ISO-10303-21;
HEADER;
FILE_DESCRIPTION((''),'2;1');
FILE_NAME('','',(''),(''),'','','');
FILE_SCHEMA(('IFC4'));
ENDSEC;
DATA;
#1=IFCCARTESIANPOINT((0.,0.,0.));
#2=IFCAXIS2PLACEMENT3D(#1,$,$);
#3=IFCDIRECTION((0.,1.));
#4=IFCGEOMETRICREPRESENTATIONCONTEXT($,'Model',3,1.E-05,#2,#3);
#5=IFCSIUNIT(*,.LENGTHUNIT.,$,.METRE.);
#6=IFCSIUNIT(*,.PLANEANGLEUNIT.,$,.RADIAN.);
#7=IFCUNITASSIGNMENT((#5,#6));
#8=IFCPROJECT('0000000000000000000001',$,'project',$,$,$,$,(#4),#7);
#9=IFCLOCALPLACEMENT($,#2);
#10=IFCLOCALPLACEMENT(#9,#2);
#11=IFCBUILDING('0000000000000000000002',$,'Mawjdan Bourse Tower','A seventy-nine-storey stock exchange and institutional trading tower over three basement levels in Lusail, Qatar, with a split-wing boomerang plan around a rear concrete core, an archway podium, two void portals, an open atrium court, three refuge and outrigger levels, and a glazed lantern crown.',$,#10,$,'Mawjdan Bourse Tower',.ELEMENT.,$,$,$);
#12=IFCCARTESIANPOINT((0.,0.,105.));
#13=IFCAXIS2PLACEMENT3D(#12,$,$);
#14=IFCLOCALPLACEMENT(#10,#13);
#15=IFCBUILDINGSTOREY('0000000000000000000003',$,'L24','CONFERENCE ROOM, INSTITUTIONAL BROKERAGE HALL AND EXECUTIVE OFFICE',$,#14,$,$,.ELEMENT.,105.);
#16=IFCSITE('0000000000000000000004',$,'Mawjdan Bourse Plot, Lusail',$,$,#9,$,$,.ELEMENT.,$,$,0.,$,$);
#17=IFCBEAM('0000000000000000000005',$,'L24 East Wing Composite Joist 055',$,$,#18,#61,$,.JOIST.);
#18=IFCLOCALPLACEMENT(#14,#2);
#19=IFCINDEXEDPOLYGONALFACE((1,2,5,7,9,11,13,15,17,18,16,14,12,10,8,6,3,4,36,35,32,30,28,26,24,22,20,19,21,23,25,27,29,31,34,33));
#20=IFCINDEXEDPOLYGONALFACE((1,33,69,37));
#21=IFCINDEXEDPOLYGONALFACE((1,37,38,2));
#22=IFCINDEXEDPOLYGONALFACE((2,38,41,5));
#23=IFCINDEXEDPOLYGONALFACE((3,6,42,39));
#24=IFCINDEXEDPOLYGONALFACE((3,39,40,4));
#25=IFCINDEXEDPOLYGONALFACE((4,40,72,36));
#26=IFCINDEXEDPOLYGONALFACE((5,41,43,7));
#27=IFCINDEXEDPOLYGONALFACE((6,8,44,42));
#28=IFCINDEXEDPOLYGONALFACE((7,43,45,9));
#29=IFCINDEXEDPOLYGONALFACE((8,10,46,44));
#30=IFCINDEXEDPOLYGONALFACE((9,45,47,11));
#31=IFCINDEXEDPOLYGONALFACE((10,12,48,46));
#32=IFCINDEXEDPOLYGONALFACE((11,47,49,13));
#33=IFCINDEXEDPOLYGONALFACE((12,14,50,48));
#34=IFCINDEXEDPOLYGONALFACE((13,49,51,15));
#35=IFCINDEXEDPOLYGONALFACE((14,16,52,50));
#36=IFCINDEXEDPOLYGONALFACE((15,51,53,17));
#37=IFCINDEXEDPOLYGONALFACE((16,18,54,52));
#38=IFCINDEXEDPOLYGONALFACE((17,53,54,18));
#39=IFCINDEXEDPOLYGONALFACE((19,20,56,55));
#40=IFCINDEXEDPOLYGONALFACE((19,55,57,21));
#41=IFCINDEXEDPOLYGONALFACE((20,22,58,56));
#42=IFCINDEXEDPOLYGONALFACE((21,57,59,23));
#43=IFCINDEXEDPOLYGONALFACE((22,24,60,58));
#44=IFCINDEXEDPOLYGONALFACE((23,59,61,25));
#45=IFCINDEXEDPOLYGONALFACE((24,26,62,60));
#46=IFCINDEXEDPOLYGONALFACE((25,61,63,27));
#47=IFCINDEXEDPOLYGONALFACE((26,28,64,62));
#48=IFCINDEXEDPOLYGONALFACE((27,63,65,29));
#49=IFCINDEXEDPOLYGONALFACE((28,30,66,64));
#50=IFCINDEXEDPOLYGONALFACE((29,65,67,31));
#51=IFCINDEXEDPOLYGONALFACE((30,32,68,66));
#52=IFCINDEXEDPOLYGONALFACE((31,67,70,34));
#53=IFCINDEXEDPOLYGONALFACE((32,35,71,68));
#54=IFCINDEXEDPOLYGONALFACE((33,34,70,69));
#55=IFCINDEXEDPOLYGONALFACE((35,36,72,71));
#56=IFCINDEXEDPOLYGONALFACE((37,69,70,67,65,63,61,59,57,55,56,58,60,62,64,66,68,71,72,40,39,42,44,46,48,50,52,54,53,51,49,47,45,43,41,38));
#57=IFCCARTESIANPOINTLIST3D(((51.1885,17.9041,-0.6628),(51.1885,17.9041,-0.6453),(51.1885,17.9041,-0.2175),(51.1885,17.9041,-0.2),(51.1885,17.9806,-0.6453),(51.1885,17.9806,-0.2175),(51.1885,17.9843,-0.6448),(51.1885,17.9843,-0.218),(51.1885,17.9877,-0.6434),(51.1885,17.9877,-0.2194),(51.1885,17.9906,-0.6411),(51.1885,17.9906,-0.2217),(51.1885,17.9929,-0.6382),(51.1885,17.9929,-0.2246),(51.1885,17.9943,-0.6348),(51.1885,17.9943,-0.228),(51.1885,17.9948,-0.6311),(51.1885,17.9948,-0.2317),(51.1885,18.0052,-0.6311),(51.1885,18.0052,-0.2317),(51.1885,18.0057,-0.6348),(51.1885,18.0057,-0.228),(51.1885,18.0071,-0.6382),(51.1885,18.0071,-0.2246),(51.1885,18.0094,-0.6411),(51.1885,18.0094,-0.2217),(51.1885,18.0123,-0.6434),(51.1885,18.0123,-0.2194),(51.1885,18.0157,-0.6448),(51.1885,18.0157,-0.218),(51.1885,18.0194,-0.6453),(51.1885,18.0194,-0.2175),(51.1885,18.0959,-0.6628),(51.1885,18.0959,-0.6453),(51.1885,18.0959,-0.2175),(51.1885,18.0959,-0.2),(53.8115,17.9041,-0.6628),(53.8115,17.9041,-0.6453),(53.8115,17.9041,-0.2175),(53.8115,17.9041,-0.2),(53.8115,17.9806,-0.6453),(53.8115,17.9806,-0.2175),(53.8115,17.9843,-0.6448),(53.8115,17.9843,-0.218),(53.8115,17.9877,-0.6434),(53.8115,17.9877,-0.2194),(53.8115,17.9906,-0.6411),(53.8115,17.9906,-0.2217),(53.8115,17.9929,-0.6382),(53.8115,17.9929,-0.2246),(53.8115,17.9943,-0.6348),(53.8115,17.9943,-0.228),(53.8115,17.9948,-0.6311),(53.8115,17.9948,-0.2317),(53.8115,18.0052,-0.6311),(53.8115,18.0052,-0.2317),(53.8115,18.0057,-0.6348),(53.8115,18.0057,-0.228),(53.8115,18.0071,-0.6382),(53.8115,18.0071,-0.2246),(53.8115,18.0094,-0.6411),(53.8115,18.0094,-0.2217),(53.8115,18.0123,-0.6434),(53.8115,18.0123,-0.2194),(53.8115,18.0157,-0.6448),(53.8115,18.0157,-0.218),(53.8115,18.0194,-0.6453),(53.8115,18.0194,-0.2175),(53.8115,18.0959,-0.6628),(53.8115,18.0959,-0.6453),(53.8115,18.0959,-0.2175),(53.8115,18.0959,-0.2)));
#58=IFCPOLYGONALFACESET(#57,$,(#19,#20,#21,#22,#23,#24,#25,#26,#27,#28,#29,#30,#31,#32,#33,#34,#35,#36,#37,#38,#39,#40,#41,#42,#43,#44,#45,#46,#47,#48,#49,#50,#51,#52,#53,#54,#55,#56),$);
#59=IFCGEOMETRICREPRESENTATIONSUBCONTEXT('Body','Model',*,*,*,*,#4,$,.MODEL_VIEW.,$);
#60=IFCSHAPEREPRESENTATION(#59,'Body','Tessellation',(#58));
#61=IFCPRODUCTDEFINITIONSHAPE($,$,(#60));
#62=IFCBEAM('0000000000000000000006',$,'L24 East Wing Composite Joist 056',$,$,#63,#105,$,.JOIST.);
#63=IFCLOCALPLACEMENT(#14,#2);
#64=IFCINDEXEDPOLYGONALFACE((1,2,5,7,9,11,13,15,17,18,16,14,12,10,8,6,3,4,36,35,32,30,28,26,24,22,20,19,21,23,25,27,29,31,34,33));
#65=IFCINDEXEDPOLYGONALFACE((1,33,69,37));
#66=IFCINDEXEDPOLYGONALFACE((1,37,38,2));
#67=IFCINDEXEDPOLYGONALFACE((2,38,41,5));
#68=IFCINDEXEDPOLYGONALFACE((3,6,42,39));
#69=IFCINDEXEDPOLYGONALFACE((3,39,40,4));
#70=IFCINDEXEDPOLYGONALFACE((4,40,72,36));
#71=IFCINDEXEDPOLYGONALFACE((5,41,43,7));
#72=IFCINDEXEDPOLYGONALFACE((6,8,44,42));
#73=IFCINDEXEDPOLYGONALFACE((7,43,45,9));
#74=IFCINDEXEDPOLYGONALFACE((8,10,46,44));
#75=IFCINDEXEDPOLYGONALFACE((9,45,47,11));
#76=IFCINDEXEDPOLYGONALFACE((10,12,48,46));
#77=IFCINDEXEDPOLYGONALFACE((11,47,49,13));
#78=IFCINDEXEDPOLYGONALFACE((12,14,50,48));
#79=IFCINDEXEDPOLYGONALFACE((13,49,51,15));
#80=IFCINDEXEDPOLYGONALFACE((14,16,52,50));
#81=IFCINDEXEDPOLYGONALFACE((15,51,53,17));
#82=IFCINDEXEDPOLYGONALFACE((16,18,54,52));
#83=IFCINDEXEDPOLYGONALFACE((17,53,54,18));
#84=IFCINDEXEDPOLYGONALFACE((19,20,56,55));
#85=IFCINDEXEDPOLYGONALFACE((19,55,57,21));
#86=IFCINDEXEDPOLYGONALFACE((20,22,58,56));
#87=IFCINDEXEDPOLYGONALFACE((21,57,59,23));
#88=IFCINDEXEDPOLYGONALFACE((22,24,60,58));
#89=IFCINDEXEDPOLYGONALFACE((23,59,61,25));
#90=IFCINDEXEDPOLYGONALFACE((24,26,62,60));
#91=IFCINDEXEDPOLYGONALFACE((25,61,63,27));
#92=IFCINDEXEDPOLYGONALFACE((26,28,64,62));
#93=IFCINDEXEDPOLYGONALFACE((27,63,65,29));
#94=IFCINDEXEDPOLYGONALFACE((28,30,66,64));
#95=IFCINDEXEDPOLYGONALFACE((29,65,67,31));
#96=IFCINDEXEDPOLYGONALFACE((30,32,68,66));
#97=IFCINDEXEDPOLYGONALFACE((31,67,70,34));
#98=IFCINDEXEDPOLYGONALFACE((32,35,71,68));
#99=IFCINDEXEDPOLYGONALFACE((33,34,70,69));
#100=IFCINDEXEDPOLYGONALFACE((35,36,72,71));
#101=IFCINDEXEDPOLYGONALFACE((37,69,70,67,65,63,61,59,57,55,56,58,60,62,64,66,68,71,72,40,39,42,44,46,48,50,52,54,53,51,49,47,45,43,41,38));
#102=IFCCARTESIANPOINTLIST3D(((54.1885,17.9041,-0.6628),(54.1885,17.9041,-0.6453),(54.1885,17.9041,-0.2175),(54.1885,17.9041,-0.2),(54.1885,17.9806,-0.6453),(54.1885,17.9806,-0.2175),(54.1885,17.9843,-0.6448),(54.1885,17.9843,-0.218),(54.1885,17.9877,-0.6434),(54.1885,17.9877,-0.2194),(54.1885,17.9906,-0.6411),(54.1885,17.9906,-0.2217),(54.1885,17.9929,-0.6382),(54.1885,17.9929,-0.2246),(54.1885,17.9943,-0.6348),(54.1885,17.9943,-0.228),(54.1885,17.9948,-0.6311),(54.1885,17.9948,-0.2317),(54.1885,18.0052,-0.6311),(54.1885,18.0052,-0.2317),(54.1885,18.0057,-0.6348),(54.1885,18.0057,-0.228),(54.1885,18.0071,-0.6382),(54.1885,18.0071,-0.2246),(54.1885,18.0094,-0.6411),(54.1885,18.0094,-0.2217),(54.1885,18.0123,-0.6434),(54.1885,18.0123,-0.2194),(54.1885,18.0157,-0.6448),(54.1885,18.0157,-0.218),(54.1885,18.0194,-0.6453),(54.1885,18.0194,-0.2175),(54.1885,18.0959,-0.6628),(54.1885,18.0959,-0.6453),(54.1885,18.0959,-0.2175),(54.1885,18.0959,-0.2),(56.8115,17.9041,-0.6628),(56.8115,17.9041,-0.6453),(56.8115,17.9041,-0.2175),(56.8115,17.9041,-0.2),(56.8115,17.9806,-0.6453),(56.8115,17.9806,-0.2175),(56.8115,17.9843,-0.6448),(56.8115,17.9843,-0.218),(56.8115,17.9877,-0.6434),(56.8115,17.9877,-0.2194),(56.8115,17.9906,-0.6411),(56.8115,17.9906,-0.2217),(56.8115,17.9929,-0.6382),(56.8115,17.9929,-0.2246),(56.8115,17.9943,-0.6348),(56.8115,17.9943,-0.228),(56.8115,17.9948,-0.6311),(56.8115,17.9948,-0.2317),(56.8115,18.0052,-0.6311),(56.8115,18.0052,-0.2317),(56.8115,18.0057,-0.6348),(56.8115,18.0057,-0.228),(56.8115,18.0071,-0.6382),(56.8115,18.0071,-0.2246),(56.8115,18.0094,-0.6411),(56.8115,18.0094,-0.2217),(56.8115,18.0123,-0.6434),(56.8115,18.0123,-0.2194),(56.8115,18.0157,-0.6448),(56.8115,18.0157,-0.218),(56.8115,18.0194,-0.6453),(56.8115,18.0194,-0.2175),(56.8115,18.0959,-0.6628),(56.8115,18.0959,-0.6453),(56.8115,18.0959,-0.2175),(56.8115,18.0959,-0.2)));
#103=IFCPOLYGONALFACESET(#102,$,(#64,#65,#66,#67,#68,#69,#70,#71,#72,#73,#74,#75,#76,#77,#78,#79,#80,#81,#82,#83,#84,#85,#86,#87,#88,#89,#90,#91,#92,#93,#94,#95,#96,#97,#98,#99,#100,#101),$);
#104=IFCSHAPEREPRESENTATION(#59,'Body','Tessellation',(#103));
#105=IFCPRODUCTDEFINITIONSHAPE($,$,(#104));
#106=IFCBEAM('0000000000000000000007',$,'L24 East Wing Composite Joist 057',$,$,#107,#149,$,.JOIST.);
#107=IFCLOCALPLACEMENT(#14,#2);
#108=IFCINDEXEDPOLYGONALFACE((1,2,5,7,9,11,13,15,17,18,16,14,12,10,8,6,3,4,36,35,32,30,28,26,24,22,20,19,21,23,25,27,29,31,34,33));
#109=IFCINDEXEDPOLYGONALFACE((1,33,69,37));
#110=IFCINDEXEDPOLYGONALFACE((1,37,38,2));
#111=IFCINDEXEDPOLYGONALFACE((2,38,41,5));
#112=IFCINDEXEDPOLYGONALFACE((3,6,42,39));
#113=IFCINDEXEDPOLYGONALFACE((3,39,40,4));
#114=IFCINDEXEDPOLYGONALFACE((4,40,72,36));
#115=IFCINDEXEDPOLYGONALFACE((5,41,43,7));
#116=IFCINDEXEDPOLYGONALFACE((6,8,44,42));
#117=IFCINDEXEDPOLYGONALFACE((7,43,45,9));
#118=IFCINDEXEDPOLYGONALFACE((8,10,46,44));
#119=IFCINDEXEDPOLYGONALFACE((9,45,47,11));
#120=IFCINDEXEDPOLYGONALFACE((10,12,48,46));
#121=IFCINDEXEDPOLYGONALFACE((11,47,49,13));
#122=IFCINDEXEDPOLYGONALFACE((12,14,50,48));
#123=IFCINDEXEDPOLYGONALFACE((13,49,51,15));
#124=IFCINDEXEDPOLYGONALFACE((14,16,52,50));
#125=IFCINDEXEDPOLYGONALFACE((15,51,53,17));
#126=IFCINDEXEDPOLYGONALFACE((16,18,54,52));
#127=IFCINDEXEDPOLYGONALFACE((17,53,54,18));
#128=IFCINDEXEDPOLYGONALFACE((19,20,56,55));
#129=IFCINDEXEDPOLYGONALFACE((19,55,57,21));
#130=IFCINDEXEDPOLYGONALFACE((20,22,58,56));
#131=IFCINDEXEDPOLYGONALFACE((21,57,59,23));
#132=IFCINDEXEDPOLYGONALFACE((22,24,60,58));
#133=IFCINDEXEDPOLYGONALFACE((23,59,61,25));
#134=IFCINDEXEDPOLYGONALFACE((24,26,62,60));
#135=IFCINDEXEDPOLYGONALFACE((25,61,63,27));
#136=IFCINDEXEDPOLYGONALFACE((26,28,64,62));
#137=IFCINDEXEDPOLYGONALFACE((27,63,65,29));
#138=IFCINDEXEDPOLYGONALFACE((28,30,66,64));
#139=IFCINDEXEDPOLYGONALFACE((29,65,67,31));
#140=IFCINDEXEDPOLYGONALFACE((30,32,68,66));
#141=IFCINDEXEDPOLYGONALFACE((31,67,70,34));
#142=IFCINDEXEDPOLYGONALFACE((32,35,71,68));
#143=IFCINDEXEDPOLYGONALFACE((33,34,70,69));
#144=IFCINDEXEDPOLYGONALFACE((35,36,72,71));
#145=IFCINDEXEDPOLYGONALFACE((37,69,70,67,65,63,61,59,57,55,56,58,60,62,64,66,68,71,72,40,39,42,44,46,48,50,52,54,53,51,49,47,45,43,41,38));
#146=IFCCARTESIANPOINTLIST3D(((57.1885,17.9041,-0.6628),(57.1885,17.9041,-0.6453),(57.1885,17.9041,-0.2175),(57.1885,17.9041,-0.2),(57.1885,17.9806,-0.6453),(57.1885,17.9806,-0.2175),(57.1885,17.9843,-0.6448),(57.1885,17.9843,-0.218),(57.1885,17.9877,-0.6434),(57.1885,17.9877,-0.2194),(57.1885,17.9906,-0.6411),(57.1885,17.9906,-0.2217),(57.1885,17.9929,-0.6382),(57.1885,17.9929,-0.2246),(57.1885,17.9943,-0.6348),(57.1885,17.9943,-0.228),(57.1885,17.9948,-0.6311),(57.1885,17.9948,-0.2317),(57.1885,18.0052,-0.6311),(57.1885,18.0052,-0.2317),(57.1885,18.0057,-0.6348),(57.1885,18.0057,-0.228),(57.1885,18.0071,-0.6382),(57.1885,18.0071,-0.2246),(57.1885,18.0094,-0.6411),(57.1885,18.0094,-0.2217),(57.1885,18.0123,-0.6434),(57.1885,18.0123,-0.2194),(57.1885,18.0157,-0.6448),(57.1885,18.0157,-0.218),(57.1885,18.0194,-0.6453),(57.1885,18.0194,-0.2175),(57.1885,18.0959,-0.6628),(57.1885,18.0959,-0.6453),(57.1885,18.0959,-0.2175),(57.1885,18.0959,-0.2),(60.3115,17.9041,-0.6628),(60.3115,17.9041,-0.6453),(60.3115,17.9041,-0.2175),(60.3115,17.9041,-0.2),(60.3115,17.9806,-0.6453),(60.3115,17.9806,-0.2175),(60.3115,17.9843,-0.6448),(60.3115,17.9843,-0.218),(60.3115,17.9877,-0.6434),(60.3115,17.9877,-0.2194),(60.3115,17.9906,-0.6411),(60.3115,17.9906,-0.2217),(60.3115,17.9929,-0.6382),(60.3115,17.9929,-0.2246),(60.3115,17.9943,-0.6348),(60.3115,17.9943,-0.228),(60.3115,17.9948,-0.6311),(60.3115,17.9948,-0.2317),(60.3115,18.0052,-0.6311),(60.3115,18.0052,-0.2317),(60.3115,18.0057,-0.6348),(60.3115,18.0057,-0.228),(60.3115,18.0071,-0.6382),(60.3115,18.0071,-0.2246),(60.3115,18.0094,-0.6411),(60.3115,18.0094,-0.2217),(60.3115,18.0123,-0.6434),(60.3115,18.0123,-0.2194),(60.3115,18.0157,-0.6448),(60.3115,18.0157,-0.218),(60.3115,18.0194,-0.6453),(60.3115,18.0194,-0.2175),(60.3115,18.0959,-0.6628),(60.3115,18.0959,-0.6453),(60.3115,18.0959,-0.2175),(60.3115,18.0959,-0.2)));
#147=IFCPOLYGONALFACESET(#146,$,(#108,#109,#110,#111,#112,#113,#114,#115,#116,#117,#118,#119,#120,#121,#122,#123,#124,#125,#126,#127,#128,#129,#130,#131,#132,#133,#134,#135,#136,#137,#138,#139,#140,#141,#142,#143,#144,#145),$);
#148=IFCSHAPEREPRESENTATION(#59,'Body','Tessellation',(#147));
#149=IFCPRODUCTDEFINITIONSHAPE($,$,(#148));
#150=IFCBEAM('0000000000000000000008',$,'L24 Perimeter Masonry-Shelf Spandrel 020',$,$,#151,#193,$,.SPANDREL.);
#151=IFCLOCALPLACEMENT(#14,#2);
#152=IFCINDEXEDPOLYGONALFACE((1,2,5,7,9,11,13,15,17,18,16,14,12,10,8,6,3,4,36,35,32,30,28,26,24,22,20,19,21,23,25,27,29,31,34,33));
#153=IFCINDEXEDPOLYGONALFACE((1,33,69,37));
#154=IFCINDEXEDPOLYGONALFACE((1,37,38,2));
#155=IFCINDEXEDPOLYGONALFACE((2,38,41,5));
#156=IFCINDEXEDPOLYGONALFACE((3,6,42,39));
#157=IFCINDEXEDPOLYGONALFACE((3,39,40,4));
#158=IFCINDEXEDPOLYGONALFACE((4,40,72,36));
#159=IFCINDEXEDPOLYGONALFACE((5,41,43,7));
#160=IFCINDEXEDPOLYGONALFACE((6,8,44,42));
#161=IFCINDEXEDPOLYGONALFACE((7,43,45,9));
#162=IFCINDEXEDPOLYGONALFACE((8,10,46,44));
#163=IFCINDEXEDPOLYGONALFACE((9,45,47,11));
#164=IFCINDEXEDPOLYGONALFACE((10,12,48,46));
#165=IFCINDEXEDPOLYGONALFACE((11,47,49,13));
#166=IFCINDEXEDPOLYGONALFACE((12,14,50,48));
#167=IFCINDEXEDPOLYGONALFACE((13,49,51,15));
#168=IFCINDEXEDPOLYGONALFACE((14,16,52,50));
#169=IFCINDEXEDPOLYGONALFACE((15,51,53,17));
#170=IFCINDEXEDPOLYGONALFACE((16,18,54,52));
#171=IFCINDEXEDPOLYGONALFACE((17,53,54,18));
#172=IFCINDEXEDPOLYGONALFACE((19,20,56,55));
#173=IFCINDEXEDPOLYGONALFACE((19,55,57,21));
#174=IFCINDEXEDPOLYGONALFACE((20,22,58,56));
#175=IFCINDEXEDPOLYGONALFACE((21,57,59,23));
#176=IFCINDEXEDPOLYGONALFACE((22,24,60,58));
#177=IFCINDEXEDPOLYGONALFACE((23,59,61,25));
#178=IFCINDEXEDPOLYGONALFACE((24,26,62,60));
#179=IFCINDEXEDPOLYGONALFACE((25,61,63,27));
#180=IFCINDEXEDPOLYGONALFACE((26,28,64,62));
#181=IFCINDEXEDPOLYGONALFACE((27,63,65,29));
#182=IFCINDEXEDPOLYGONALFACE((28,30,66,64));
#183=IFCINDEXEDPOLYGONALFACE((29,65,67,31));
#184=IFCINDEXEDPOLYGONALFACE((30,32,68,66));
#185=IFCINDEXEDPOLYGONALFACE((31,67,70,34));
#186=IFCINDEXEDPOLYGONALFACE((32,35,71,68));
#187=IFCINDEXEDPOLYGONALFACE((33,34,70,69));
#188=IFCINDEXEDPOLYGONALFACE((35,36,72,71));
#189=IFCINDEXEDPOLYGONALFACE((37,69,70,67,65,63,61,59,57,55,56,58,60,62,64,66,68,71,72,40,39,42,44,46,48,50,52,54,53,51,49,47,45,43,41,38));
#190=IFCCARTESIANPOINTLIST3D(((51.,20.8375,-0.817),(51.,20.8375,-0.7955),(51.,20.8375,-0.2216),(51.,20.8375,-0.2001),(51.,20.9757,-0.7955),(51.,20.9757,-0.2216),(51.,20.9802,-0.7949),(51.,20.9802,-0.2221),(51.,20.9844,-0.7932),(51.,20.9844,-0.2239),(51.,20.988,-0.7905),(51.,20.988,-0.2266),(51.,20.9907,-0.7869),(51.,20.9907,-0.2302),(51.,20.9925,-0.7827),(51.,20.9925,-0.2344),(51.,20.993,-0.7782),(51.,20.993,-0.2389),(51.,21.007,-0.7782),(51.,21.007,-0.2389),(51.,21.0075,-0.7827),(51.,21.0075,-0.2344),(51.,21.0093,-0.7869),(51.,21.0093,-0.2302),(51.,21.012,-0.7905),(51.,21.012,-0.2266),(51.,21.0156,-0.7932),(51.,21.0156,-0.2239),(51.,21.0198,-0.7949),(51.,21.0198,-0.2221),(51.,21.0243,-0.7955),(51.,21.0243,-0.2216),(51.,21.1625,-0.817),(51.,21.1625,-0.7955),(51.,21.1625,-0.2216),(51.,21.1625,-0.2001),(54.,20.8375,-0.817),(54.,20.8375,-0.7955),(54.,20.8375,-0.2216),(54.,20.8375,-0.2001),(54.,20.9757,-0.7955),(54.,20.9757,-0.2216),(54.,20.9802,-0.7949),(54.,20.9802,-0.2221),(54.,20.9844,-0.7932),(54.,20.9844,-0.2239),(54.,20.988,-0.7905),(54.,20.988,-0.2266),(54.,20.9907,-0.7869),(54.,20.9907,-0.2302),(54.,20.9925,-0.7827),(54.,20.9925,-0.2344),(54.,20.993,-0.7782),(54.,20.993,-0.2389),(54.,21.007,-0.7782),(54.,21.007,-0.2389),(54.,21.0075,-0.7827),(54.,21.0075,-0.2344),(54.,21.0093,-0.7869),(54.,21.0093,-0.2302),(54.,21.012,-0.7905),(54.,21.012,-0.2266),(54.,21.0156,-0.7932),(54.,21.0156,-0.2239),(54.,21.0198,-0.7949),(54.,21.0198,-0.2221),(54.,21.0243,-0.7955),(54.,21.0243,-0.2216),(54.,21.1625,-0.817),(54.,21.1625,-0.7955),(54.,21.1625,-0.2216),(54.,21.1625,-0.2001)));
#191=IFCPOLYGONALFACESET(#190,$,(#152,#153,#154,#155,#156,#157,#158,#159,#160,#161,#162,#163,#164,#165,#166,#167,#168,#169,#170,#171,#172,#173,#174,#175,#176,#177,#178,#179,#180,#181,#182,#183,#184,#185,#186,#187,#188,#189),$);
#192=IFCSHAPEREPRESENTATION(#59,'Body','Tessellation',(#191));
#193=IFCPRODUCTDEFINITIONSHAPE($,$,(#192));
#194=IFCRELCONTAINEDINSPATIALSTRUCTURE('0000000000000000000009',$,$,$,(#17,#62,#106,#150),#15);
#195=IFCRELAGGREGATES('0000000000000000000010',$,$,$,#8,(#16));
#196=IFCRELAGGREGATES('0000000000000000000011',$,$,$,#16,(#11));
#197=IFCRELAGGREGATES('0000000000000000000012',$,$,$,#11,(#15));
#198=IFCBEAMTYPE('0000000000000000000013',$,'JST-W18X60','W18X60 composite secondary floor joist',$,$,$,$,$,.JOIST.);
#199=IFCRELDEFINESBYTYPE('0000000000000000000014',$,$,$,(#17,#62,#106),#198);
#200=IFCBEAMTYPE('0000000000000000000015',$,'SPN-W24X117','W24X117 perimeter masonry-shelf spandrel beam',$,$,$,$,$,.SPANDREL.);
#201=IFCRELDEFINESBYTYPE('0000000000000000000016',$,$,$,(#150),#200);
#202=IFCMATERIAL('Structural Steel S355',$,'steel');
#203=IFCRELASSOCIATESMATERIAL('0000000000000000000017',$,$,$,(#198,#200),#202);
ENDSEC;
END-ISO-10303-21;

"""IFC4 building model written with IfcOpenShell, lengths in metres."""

from ifc_helpers import new_model, si_unit, direction, frame, origin, origin_2d, place, context, subcontext, project, spatial, i_section, extrude, material, material_profile, profile_set, type_object, element, save


model = new_model("IFC4")

# Units and contexts
model_context = context("Model", 3, precision=1e-05, world=origin(), true_north=direction((0.0, 1.0)))
body_context = subcontext(model_context, "Body", "Model", "MODEL_VIEW")
ifc_project = project(units=[si_unit("LENGTHUNIT", "METRE"), si_unit("PLANEANGLEUNIT", "RADIAN")], contexts=[model_context])

# Site, building, storey
site_placement = place(None, origin())
site = spatial("IfcSite", under=ifc_project, at=site_placement, Name="Mawjdan Bourse Plot, Lusail", CompositionType="ELEMENT", RefElevation=0.0)
building_placement = place(site_placement, origin())
building = spatial("IfcBuilding", under=site, at=building_placement, Name="Mawjdan Bourse Tower", Description="A seventy-nine-storey stock exchange and institutional trading tower over three basement levels in Lusail, Qatar, with a split-wing boomerang plan around a rear concrete core, an archway podium, two void portals, an open atrium court, three refuge and outrigger levels, and a glazed lantern crown.", LongName="Mawjdan Bourse Tower", CompositionType="ELEMENT")
storey_placement = place(building_placement, frame((0.0, 0.0, 105.0)))
storey = spatial("IfcBuildingStorey", under=building, at=storey_placement, Name="L24", Description="CONFERENCE ROOM, INSTITUTIONAL BROKERAGE HALL AND EXECUTIVE OFFICE", CompositionType="ELEMENT", Elevation=105.0)

# Beams
ifc_material_1 = material(Name="Structural Steel S355", Category="steel")
ifc_material_profile_1 = material_profile(ifc_material_1, i_section(OverallWidth=0.1919, OverallDepth=0.4629, WebThickness=0.0105, FlangeThickness=0.0176, FilletRadius=0.0142, at=origin_2d()), Name="W18X60")
ifc_profile_set_1 = profile_set([ifc_material_profile_1], Name="Structural Steel S355")
beam_type_1 = type_object("IfcBeamType", Name="JST-W18X60", Description="W18X60 composite secondary floor joist", PredefinedType="JOIST", material=ifc_profile_set_1)
for number, where, z_axis, x_axis, name in (
    (1, (51.1885, 18.0, -0.4314), (1.0, 0.0, 0.0), (0.0, 1.0, 0.0), "L24 East Wing Composite Joist 055"),
    (2, (54.1885, 18.0, -0.4314), (1.0, 0.0, 0.0), (0.0, 1.0, 0.0), "L24 East Wing Composite Joist 056"),
):
    element("IfcBeam", number, at=place(storey_placement, frame(where, z_axis=z_axis, x_axis=x_axis)), inside=storey, type_object=beam_type_1, Name=name, PredefinedType="JOIST", context=body_context, shape_type="SweptSolid", body=[
        extrude(i_section(OverallWidth=0.1919, OverallDepth=0.4629, WebThickness=0.0105, FlangeThickness=0.0176, FilletRadius=0.0142, at=origin_2d()), origin(), (0.0, 0.0, 1.0), 2.623),
    ])
beam_1_placement = place(storey_placement, frame((57.1885, 18.0, -0.4314), z_axis=(1.0, 0.0, 0.0), x_axis=(0.0, 1.0, 0.0)))
element("IfcBeam", 3, at=beam_1_placement, inside=storey, type_object=beam_type_1, Name="L24 East Wing Composite Joist 057", PredefinedType="JOIST", context=body_context, shape_type="SweptSolid", body=[
    extrude(i_section(OverallWidth=0.1919, OverallDepth=0.4629, WebThickness=0.0105, FlangeThickness=0.0176, FilletRadius=0.0142, at=origin_2d()), origin(), (0.0, 0.0, 1.0), 3.123),
])
ifc_material_profile_2 = material_profile(ifc_material_1, i_section(OverallWidth=0.325, OverallDepth=0.6169, WebThickness=0.0139, FlangeThickness=0.0215, FilletRadius=0.0173, at=origin_2d()), Name="W24X117")
ifc_profile_set_2 = profile_set([ifc_material_profile_2], Name="Structural Steel S355")
beam_type_2 = type_object("IfcBeamType", Name="SPN-W24X117", Description="W24X117 perimeter masonry-shelf spandrel beam", PredefinedType="SPANDREL", material=ifc_profile_set_2)
for number, where, z_axis, x_axis, name in (
    (4, (51.0, 21.0, -0.5085), (1.0, 0.0, 0.0), (0.0, 1.0, 0.0), "L24 Perimeter Masonry-Shelf Spandrel 020"),
):
    element("IfcBeam", number, at=place(storey_placement, frame(where, z_axis=z_axis, x_axis=x_axis)), inside=storey, type_object=beam_type_2, Name=name, PredefinedType="SPANDREL", context=body_context, shape_type="SweptSolid", body=[
        extrude(i_section(OverallWidth=0.325, OverallDepth=0.6169, WebThickness=0.0139, FlangeThickness=0.0215, FilletRadius=0.0173, at=origin_2d()), origin(), (0.0, 0.0, 1.0), 3.0),
    ])

save(model, "model.ifc")
